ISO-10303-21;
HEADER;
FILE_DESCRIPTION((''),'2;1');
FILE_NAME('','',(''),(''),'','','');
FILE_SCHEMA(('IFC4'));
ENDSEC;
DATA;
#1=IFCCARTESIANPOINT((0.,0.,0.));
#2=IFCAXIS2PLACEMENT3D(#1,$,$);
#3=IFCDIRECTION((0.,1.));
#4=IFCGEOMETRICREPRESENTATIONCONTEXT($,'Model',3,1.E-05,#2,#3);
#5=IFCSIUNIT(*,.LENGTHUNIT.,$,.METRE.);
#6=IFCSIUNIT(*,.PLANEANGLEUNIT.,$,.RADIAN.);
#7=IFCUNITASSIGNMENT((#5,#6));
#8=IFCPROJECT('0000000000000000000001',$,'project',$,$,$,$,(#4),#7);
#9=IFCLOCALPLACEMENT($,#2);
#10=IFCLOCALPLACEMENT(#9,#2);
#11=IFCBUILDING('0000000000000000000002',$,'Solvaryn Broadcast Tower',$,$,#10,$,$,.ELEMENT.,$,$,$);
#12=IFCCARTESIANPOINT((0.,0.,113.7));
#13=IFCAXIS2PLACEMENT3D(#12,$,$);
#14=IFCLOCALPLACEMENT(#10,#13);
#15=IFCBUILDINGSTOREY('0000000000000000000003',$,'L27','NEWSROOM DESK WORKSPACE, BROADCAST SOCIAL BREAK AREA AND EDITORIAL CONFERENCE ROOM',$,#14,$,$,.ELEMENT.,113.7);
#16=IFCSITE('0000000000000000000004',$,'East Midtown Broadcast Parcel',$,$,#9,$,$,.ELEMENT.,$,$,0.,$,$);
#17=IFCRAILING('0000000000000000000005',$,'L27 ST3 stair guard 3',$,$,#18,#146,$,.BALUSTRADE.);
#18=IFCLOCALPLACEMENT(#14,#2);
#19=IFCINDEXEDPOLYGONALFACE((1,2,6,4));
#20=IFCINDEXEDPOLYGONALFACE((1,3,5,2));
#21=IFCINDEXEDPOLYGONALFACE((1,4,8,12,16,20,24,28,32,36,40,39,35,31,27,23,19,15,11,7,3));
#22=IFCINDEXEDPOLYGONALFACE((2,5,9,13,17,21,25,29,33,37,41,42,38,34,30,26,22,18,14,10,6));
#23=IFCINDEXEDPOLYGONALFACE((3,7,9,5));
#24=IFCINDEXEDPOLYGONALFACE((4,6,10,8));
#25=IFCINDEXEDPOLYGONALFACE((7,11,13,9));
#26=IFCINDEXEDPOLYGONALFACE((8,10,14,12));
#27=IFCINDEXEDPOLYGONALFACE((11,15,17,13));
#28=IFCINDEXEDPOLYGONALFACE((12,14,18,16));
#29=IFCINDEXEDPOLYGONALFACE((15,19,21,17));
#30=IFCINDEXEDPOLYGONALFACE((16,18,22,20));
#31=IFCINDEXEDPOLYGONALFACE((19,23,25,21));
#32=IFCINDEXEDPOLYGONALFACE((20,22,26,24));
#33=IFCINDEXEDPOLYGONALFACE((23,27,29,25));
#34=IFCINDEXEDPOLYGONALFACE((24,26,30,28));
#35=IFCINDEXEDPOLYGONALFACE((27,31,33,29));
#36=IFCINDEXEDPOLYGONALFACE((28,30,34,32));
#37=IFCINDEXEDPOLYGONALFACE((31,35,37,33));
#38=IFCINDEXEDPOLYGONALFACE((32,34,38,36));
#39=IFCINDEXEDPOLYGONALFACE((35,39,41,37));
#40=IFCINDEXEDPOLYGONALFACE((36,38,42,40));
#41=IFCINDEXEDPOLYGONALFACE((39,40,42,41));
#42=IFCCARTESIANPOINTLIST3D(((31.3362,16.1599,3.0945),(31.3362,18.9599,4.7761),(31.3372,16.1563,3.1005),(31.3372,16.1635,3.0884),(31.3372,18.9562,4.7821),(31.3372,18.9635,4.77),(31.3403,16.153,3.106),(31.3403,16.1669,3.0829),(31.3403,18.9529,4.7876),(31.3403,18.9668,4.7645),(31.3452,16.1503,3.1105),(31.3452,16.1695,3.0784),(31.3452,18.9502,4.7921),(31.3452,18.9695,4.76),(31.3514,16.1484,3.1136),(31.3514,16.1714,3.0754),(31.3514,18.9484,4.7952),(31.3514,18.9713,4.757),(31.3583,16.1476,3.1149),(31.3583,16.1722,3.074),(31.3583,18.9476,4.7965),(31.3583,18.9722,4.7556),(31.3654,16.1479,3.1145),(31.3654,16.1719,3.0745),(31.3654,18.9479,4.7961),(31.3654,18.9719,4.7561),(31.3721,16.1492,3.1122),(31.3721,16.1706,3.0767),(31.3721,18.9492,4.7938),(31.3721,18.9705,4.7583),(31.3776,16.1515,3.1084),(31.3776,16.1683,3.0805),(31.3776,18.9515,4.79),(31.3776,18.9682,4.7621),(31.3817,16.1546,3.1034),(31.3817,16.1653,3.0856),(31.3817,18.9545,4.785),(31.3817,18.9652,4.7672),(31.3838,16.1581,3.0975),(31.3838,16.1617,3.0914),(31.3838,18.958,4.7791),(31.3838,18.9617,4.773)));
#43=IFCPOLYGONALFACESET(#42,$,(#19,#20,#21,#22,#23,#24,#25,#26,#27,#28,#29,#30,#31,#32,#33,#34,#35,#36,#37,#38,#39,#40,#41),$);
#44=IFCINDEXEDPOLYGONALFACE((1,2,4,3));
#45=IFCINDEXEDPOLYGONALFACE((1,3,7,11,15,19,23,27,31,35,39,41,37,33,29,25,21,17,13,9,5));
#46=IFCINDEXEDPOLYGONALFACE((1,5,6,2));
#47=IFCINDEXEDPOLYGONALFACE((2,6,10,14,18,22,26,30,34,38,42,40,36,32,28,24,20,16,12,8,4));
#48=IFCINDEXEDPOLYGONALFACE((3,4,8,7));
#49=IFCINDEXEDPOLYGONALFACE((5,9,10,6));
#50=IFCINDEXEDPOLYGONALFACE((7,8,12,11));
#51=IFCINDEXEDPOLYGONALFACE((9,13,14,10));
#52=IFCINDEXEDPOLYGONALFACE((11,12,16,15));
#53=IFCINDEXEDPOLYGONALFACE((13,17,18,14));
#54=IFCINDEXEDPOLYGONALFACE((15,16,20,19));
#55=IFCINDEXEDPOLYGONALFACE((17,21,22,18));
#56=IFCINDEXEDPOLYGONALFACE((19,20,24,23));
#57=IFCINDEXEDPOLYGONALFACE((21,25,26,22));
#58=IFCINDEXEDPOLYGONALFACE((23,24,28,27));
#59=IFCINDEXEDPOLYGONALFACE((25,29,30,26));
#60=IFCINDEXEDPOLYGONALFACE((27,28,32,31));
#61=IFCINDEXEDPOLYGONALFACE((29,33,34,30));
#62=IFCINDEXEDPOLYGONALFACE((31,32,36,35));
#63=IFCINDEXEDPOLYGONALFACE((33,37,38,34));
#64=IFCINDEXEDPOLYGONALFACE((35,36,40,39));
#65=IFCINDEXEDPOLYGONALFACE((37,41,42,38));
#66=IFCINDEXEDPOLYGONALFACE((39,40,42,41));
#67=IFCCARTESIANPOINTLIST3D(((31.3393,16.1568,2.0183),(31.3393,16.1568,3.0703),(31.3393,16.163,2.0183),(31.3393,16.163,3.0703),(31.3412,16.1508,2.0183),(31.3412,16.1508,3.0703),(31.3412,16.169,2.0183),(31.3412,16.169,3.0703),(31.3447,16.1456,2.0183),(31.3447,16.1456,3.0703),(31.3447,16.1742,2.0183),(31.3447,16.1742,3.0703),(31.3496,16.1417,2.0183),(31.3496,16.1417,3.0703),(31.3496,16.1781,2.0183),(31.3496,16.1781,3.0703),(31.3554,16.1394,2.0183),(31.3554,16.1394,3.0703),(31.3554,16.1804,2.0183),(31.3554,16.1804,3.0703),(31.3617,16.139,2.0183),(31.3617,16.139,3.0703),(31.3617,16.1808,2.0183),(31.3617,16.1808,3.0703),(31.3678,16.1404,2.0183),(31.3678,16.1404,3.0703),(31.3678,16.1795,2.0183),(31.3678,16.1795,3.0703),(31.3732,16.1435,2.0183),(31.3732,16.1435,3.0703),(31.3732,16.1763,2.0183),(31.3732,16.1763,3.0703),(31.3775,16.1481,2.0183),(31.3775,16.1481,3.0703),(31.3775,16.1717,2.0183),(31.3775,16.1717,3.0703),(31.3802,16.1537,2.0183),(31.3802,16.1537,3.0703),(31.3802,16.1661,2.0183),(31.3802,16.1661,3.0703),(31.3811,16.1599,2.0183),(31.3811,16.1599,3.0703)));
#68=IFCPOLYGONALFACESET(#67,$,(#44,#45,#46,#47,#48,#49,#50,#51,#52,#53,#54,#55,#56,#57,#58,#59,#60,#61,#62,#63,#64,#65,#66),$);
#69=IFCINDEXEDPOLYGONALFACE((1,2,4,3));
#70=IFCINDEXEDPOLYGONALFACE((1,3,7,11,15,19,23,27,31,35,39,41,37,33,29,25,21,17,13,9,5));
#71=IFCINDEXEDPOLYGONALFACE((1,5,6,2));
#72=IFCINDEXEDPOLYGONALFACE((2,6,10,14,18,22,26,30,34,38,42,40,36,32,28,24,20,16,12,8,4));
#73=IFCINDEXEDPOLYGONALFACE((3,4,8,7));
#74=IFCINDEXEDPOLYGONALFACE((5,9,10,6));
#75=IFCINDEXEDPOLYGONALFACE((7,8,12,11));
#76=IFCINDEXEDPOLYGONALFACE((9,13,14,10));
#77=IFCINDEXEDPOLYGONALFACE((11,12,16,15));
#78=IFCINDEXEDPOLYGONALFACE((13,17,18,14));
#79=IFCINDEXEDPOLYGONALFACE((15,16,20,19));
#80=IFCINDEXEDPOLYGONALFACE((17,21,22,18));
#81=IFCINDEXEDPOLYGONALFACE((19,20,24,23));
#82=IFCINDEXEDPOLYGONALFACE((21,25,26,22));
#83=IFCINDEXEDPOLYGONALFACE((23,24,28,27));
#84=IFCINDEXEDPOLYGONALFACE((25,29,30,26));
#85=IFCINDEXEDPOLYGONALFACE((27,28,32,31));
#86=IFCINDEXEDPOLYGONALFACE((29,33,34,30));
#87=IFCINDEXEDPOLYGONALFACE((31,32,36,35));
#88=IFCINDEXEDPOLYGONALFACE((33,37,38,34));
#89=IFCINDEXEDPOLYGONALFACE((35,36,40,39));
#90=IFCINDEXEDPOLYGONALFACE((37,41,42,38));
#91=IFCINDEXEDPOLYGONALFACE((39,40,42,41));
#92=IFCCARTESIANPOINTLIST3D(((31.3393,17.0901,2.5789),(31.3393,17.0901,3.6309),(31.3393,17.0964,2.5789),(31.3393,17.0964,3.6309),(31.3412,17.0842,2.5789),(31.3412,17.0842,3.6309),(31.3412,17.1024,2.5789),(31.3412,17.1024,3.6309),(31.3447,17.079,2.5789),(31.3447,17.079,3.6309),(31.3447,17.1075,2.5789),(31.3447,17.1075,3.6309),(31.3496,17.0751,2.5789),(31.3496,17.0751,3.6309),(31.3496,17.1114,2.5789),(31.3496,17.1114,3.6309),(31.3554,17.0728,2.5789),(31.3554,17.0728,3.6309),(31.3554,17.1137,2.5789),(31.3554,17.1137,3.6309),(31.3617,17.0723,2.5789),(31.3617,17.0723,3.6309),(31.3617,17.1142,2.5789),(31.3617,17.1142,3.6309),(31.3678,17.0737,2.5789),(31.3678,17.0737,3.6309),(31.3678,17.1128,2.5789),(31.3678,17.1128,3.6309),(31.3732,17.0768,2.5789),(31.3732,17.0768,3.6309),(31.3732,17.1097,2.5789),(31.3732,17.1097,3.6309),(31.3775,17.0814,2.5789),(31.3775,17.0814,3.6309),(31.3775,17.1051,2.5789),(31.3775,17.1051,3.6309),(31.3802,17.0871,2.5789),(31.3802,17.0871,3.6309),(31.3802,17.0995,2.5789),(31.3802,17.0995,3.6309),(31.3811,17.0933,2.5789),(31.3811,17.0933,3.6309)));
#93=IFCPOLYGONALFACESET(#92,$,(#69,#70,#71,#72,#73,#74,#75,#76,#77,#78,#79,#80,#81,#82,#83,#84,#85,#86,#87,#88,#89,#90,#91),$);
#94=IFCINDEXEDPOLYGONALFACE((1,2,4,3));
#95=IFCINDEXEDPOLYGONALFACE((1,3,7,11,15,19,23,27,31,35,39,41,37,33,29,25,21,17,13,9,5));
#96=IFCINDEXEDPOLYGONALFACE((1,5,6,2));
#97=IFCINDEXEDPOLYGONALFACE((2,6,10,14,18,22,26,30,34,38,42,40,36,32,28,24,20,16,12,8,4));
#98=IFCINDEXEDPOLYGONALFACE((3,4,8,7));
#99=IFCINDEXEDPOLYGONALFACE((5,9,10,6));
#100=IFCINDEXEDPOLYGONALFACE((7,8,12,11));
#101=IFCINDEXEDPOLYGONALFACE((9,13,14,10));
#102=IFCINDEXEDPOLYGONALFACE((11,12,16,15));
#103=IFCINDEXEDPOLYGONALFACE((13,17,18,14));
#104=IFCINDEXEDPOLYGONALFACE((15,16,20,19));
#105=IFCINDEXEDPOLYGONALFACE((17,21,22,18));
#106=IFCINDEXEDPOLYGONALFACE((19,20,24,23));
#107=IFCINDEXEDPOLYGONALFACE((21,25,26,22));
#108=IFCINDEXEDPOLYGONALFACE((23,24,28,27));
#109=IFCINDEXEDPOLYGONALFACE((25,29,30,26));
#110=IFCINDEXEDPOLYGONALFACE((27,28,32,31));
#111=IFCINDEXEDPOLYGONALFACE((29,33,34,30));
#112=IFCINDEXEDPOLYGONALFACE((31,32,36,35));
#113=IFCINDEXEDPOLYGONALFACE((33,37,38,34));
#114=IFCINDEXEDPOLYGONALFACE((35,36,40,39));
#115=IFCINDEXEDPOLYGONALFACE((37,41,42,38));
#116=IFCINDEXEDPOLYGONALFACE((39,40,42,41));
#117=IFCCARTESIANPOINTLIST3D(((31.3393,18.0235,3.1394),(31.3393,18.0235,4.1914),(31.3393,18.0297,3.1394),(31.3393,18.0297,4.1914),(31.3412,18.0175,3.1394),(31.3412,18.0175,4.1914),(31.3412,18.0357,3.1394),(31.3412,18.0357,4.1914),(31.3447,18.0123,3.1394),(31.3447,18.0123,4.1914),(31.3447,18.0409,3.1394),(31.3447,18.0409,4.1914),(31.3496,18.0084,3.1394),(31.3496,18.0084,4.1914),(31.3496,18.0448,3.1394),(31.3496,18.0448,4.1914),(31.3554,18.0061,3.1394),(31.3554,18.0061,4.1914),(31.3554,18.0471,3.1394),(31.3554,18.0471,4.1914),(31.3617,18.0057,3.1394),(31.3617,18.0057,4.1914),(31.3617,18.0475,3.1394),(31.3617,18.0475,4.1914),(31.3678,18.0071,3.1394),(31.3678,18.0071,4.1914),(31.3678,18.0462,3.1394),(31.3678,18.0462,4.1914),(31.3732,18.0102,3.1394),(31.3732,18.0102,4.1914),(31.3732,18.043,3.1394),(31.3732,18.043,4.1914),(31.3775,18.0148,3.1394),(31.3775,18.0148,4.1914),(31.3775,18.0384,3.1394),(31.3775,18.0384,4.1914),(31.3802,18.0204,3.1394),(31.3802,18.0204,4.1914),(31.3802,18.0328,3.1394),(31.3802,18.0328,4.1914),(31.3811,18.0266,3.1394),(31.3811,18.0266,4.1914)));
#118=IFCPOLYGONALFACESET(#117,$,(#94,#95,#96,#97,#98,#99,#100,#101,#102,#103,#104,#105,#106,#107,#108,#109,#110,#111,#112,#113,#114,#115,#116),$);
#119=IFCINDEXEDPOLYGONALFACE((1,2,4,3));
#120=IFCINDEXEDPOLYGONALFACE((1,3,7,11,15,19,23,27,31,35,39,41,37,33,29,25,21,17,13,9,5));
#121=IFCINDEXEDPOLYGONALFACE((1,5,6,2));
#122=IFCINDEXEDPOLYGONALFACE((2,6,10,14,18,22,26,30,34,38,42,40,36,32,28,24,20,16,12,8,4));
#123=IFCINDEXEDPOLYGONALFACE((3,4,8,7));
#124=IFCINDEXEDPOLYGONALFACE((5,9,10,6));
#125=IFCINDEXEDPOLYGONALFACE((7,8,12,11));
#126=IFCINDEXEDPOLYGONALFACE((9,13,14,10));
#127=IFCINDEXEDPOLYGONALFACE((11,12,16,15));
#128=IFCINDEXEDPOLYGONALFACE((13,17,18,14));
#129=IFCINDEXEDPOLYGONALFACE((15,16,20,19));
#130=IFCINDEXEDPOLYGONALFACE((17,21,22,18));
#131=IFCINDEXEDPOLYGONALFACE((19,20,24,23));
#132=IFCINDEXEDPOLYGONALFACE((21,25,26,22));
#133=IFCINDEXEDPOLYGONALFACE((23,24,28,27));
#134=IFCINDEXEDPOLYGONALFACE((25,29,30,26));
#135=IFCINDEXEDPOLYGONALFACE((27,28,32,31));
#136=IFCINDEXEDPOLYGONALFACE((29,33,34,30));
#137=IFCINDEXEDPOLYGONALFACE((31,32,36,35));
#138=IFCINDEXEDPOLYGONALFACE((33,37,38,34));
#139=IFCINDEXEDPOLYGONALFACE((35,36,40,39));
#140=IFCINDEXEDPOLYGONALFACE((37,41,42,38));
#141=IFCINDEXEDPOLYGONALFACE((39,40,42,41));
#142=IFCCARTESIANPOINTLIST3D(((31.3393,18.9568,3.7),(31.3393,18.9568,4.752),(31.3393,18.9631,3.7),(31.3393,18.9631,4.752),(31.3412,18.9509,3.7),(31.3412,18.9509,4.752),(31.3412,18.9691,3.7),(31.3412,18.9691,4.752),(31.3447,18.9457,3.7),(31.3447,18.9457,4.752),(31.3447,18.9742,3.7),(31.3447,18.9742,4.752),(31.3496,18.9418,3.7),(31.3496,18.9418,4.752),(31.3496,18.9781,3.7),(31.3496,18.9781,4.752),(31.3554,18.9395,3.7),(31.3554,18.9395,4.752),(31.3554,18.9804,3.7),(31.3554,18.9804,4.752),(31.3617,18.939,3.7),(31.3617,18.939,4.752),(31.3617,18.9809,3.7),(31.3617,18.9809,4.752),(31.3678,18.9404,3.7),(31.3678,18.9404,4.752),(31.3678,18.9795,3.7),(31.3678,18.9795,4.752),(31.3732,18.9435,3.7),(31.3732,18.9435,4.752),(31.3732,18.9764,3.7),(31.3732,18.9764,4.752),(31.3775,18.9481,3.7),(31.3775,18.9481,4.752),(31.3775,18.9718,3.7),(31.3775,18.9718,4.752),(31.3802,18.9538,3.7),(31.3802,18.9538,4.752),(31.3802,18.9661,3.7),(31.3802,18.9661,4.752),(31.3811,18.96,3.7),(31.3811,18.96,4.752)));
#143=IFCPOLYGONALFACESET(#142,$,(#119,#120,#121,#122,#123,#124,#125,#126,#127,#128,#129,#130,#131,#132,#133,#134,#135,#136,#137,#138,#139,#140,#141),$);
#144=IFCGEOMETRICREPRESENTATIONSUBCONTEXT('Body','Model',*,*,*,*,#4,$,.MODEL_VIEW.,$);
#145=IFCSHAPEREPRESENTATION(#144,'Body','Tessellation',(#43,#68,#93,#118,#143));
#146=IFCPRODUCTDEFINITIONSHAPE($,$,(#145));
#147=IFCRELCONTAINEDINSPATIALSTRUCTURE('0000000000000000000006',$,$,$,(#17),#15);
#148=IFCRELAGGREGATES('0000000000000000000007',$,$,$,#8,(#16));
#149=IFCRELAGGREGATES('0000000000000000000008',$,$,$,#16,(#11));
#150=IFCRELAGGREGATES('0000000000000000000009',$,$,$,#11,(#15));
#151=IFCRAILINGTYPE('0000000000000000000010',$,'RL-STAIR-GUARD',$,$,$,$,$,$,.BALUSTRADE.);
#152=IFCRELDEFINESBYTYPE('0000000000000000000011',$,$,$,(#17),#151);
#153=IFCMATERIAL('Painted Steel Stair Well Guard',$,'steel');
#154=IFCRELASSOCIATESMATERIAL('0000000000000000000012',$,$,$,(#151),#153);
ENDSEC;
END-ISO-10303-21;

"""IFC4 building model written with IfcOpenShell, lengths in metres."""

from ifc_helpers import new_model, si_unit, direction, frame, origin, origin_2d, place, context, subcontext, project, spatial, circle, extrude, material, type_object, element, save


model = new_model("IFC4")

# Units and contexts
model_context = context("Model", 3, precision=1e-05, world=origin(), true_north=direction((0.0, 1.0)))
body_context = subcontext(model_context, "Body", "Model", "MODEL_VIEW")
ifc_project = project(units=[si_unit("LENGTHUNIT", "METRE"), si_unit("PLANEANGLEUNIT", "RADIAN")], contexts=[model_context])

# Site, building, storey
site_placement = place(None, origin())
site = spatial("IfcSite", under=ifc_project, at=site_placement, Name="East Midtown Broadcast Parcel", CompositionType="ELEMENT", RefElevation=0.0)
building_placement = place(site_placement, origin())
building = spatial("IfcBuilding", under=site, at=building_placement, Name="Solvaryn Broadcast Tower", CompositionType="ELEMENT")
storey_placement = place(building_placement, frame((0.0, 0.0, 113.7)))
storey = spatial("IfcBuildingStorey", under=building, at=storey_placement, Name="L27", Description="NEWSROOM DESK WORKSPACE, BROADCAST SOCIAL BREAK AREA AND EDITORIAL CONFERENCE ROOM", CompositionType="ELEMENT", Elevation=113.7)

# Railing
ifc_material_1 = material(Name="Painted Steel Stair Well Guard", Category="steel")
railing_type_1 = type_object("IfcRailingType", Name="RL-STAIR-GUARD", PredefinedType="BALUSTRADE", material=ifc_material_1)
railing_1_placement = place(storey_placement, frame((31.3601, 16.1599, 2.0183)))
element("IfcRailing", 1, at=railing_1_placement, inside=storey, type_object=railing_type_1, Name="L27 ST3 stair guard 3", PredefinedType="BALUSTRADE", context=body_context, shape_type="SweptSolid", body=[
    extrude(circle(Radius=0.0239, at=origin_2d()), frame((0.0, 0.0, 1.0762), z_axis=(0.0, 0.857275, 0.514858), x_axis=(-1.0, 0.0, 0.0)), (0.0, 0.0, 1.0), 3.2661),
    extrude(circle(Radius=0.021, at=origin_2d()), origin(), (0.0, 0.0, 1.0), 1.052),
    extrude(circle(Radius=0.021, at=origin_2d()), frame((0.0, 0.9333, 0.5605)), (0.0, 0.0, 1.0), 1.052),
    extrude(circle(Radius=0.021, at=origin_2d()), frame((0.0, 1.8667, 1.1211)), (0.0, 0.0, 1.0), 1.052),
    extrude(circle(Radius=0.021, at=origin_2d()), frame((0.0, 2.8, 1.6816)), (0.0, 0.0, 1.0), 1.052),
])

save(model, "model.ifc")
